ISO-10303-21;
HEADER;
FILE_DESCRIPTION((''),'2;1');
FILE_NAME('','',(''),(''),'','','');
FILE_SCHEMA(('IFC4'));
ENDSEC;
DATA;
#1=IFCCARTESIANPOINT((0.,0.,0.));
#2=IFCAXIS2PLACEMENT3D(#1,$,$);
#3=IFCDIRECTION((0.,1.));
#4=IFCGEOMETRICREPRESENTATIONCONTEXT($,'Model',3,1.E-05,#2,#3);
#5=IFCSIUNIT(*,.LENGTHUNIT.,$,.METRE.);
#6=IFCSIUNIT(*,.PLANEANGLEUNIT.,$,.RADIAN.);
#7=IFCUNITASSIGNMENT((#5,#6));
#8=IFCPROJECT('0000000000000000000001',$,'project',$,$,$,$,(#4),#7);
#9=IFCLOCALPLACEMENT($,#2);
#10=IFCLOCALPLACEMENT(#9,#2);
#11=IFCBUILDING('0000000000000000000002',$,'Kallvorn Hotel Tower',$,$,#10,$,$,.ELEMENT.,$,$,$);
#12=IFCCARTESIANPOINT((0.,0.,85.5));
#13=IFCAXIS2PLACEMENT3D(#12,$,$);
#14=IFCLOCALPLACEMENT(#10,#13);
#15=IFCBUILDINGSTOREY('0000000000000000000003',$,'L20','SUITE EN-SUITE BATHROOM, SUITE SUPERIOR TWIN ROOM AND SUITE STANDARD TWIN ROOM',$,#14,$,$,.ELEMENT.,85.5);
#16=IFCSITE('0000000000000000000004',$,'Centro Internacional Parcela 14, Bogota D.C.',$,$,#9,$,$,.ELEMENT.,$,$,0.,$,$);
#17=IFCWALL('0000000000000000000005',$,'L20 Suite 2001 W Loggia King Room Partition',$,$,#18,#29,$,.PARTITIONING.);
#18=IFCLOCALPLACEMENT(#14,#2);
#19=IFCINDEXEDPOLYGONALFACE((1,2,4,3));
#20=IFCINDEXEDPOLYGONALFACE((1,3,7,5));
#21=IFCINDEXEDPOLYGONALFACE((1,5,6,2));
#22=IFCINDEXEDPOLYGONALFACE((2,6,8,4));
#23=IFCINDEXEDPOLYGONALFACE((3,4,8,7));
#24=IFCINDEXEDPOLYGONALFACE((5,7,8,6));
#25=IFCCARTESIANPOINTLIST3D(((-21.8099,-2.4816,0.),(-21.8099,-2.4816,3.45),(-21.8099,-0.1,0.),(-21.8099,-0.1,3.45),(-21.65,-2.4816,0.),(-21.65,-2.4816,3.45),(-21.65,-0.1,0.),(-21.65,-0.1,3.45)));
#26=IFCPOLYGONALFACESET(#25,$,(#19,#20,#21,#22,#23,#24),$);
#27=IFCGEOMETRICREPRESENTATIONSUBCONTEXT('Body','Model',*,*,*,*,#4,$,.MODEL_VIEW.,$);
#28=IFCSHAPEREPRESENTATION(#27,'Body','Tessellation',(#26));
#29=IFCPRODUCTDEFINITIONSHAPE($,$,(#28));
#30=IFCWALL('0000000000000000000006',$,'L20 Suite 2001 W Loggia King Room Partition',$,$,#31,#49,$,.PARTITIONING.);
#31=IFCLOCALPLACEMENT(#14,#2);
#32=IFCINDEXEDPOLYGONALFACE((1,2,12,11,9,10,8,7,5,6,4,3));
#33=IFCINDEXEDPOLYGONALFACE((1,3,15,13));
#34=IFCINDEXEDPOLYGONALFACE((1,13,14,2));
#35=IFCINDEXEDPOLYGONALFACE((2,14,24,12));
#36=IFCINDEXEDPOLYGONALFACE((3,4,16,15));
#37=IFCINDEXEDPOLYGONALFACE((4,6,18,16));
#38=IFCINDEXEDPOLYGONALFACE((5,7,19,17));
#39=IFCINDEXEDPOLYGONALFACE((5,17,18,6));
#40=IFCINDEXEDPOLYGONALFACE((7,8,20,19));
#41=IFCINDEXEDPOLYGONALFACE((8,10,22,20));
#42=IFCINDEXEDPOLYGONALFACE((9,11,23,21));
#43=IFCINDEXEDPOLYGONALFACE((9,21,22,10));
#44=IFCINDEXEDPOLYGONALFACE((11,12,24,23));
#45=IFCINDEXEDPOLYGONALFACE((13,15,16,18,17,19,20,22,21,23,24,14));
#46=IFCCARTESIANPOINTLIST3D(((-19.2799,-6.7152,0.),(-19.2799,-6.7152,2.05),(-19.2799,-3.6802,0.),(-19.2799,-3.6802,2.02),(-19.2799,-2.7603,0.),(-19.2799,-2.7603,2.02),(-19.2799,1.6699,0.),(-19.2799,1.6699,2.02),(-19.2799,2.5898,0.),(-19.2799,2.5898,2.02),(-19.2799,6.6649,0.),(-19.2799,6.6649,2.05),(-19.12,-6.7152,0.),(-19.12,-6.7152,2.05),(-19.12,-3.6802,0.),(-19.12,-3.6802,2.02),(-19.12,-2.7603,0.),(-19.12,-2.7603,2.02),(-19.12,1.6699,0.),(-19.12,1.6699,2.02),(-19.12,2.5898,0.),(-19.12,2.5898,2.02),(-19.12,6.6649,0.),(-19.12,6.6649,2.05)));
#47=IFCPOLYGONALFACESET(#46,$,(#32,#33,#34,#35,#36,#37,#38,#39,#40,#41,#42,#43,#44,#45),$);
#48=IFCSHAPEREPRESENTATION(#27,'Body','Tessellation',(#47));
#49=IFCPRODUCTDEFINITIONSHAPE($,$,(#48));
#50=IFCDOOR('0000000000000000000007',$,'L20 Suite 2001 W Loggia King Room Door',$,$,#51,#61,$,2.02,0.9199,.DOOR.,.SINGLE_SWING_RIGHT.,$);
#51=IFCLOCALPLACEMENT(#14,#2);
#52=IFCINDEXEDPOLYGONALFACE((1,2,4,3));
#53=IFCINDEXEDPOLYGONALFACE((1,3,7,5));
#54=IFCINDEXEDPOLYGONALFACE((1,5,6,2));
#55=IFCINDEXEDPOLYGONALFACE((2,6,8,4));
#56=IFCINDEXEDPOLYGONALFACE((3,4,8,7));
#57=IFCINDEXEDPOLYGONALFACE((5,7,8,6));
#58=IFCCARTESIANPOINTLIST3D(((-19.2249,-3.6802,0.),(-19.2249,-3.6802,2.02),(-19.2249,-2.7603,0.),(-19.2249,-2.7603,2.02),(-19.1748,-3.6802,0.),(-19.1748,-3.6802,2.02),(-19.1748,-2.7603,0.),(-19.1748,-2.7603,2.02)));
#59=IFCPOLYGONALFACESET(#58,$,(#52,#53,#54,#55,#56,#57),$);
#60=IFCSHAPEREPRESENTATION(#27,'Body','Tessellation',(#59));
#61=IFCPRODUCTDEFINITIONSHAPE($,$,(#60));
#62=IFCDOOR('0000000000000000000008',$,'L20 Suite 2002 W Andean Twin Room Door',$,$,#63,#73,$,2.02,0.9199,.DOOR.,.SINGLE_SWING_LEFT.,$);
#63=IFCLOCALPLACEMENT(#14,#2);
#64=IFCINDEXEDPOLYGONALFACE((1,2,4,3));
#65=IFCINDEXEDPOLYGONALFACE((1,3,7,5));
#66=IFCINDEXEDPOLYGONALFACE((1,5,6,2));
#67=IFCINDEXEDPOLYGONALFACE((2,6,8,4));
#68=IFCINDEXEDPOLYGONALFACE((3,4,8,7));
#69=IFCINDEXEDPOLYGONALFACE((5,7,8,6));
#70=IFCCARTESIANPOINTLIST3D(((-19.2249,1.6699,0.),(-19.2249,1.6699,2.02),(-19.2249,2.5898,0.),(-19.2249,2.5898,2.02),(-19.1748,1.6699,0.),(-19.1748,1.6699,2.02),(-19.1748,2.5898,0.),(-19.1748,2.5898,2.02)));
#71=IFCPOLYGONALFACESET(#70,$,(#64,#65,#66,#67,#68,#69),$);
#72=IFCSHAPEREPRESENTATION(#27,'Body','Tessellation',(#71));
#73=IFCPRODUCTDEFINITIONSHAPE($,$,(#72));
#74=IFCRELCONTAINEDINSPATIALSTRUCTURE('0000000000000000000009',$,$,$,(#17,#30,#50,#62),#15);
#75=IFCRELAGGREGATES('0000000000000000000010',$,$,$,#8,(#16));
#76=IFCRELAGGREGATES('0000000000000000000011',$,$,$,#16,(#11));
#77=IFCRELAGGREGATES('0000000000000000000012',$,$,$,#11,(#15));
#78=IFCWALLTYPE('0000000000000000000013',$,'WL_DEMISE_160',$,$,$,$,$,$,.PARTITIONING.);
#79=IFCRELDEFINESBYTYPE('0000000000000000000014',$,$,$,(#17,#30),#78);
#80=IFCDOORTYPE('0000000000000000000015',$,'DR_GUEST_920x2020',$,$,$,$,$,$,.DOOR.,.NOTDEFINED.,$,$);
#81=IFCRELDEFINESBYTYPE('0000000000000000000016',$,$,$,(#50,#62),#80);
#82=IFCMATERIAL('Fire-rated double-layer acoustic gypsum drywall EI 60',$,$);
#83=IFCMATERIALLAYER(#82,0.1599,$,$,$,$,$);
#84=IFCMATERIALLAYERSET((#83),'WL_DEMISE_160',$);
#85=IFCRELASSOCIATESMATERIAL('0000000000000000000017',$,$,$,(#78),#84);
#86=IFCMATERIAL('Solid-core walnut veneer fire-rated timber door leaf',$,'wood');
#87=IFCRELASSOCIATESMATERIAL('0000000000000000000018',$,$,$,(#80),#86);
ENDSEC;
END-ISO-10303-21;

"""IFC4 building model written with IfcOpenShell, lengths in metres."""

from ifc_helpers import new_model, si_unit, direction, frame, frame_2d, origin, place, context, subcontext, project, spatial, rectangle, extrude, material, layer, layer_set, type_object, element, fill, save


model = new_model("IFC4")

# Units and contexts
model_context = context("Model", 3, precision=1e-05, world=origin(), true_north=direction((0.0, 1.0)))
body_context = subcontext(model_context, "Body", "Model", "MODEL_VIEW")
ifc_project = project(units=[si_unit("LENGTHUNIT", "METRE"), si_unit("PLANEANGLEUNIT", "RADIAN")], contexts=[model_context])

# Site, building, storey
site_placement = place(None, origin())
site = spatial("IfcSite", under=ifc_project, at=site_placement, Name="Centro Internacional Parcela 14, Bogota D.C.", CompositionType="ELEMENT", RefElevation=0.0)
building_placement = place(site_placement, origin())
building = spatial("IfcBuilding", under=site, at=building_placement, Name="Kallvorn Hotel Tower", CompositionType="ELEMENT")
storey_placement = place(building_placement, frame((0.0, 0.0, 85.5)))
storey = spatial("IfcBuildingStorey", under=building, at=storey_placement, Name="L20", Description="SUITE EN-SUITE BATHROOM, SUITE SUPERIOR TWIN ROOM AND SUITE STANDARD TWIN ROOM", CompositionType="ELEMENT", Elevation=85.5)

# Shared definitions
ifc_material_1 = material(Name="Fire-rated double-layer acoustic gypsum drywall EI 60")
ifc_layer = layer(ifc_material_1, 0.1599)
ifc_layer_set = layer_set([ifc_layer], Name="WL_DEMISE_160")
wall_type = type_object("IfcWallType", Name="WL_DEMISE_160", PredefinedType="PARTITIONING", material=ifc_layer_set)

# Wall
wall_1_placement = place(storey_placement, frame((-21.73, -2.4817, 0.0), z_axis=(0.0, 0.0, 1.0), x_axis=(0.0, 1.0, 0.0)))
element("IfcWall", 1, at=wall_1_placement, inside=storey, type_object=wall_type, Name="L20 Suite 2001 W Loggia King Room Partition", PredefinedType="PARTITIONING", context=body_context, shape_type="SweptSolid", body=[
    extrude(rectangle(XDim=2.3816, YDim=0.1599, at=frame_2d((1.1909, 0.0))), origin(), (0.0, 0.0, 1.0), 3.45),
])

# Wall, openings, doors
wall_2_placement = place(storey_placement, frame((-19.2, -6.7151, 0.0), z_axis=(0.0, 0.0, 1.0), x_axis=(0.0, 1.0, 0.0)))
wall_2 = element("IfcWall", 2, at=wall_2_placement, inside=storey, type_object=wall_type, Name="L20 Suite 2001 W Loggia King Room Partition", PredefinedType="PARTITIONING", context=body_context, shape_type="SweptSolid", body=[
    extrude(rectangle(XDim=13.3801, YDim=0.1599, at=frame_2d((6.6899, 0.0))), origin(), (0.0, 0.0, 1.0), 2.05),
])
opening_1_placement = place(wall_2_placement, frame((3.0349, 0.0, 0.0)))
opening_1 = element("IfcOpeningElement", 3, at=opening_1_placement, cuts=wall_2, PredefinedType="OPENING", context=body_context, shape_type="SweptSolid", body=[
    extrude(rectangle(XDim=0.9199, YDim=2.02, at=frame_2d((0.46, 1.01))), frame((0.0, 0.095, 0.0), z_axis=(0.0, -1.0, 0.0), x_axis=(1.0, 0.0, 0.0)), (0.0, 0.0, 1.0), 0.1899),
])
opening_2_placement = place(wall_2_placement, frame((8.385, 0.0, 0.0)))
opening_2 = element("IfcOpeningElement", 4, at=opening_2_placement, cuts=wall_2, PredefinedType="OPENING", context=body_context, shape_type="SweptSolid", body=[
    extrude(rectangle(XDim=0.9199, YDim=2.02, at=frame_2d((0.46, 1.01))), frame((0.0, 0.095, 0.0), z_axis=(0.0, -1.0, 0.0), x_axis=(1.0, 0.0, 0.0)), (0.0, 0.0, 1.0), 0.1899),
])
ifc_material_2 = material(Name="Solid-core walnut veneer fire-rated timber door leaf", Category="wood")
door_type_1 = type_object("IfcDoorType", Name="DR_GUEST_920x2020", OperationType="NOTDEFINED", PredefinedType="DOOR", material=ifc_material_2)
door_1_placement = place(opening_1_placement, origin())
door_1 = element("IfcDoor", 5, at=door_1_placement, inside=storey, type_object=door_type_1, Name="L20 Suite 2001 W Loggia King Room Door", OperationType="SINGLE_SWING_RIGHT", OverallHeight=2.02, OverallWidth=0.9199, PredefinedType="DOOR", context=body_context, shape_type="SweptSolid", body=[
    extrude(rectangle(XDim=0.9199, YDim=2.02, at=frame_2d((0.46, 1.01))), frame((0.0, 0.0249, 0.0), z_axis=(0.0, -1.0, 0.0), x_axis=(1.0, 0.0, 0.0)), (0.0, 0.0, 1.0), 0.05),
])
fill(opening_1, door_1)
door_2_placement = place(opening_2_placement, origin())
door_2 = element("IfcDoor", 6, at=door_2_placement, inside=storey, type_object=door_type_1, Name="L20 Suite 2002 W Andean Twin Room Door", OperationType="SINGLE_SWING_LEFT", OverallHeight=2.02, OverallWidth=0.9199, PredefinedType="DOOR", context=body_context, shape_type="SweptSolid", body=[
    extrude(rectangle(XDim=0.9199, YDim=2.02, at=frame_2d((0.46, 1.01))), frame((0.0, 0.0249, 0.0), z_axis=(0.0, -1.0, 0.0), x_axis=(1.0, 0.0, 0.0)), (0.0, 0.0, 1.0), 0.05),
])
fill(opening_2, door_2)

save(model, "model.ifc")
